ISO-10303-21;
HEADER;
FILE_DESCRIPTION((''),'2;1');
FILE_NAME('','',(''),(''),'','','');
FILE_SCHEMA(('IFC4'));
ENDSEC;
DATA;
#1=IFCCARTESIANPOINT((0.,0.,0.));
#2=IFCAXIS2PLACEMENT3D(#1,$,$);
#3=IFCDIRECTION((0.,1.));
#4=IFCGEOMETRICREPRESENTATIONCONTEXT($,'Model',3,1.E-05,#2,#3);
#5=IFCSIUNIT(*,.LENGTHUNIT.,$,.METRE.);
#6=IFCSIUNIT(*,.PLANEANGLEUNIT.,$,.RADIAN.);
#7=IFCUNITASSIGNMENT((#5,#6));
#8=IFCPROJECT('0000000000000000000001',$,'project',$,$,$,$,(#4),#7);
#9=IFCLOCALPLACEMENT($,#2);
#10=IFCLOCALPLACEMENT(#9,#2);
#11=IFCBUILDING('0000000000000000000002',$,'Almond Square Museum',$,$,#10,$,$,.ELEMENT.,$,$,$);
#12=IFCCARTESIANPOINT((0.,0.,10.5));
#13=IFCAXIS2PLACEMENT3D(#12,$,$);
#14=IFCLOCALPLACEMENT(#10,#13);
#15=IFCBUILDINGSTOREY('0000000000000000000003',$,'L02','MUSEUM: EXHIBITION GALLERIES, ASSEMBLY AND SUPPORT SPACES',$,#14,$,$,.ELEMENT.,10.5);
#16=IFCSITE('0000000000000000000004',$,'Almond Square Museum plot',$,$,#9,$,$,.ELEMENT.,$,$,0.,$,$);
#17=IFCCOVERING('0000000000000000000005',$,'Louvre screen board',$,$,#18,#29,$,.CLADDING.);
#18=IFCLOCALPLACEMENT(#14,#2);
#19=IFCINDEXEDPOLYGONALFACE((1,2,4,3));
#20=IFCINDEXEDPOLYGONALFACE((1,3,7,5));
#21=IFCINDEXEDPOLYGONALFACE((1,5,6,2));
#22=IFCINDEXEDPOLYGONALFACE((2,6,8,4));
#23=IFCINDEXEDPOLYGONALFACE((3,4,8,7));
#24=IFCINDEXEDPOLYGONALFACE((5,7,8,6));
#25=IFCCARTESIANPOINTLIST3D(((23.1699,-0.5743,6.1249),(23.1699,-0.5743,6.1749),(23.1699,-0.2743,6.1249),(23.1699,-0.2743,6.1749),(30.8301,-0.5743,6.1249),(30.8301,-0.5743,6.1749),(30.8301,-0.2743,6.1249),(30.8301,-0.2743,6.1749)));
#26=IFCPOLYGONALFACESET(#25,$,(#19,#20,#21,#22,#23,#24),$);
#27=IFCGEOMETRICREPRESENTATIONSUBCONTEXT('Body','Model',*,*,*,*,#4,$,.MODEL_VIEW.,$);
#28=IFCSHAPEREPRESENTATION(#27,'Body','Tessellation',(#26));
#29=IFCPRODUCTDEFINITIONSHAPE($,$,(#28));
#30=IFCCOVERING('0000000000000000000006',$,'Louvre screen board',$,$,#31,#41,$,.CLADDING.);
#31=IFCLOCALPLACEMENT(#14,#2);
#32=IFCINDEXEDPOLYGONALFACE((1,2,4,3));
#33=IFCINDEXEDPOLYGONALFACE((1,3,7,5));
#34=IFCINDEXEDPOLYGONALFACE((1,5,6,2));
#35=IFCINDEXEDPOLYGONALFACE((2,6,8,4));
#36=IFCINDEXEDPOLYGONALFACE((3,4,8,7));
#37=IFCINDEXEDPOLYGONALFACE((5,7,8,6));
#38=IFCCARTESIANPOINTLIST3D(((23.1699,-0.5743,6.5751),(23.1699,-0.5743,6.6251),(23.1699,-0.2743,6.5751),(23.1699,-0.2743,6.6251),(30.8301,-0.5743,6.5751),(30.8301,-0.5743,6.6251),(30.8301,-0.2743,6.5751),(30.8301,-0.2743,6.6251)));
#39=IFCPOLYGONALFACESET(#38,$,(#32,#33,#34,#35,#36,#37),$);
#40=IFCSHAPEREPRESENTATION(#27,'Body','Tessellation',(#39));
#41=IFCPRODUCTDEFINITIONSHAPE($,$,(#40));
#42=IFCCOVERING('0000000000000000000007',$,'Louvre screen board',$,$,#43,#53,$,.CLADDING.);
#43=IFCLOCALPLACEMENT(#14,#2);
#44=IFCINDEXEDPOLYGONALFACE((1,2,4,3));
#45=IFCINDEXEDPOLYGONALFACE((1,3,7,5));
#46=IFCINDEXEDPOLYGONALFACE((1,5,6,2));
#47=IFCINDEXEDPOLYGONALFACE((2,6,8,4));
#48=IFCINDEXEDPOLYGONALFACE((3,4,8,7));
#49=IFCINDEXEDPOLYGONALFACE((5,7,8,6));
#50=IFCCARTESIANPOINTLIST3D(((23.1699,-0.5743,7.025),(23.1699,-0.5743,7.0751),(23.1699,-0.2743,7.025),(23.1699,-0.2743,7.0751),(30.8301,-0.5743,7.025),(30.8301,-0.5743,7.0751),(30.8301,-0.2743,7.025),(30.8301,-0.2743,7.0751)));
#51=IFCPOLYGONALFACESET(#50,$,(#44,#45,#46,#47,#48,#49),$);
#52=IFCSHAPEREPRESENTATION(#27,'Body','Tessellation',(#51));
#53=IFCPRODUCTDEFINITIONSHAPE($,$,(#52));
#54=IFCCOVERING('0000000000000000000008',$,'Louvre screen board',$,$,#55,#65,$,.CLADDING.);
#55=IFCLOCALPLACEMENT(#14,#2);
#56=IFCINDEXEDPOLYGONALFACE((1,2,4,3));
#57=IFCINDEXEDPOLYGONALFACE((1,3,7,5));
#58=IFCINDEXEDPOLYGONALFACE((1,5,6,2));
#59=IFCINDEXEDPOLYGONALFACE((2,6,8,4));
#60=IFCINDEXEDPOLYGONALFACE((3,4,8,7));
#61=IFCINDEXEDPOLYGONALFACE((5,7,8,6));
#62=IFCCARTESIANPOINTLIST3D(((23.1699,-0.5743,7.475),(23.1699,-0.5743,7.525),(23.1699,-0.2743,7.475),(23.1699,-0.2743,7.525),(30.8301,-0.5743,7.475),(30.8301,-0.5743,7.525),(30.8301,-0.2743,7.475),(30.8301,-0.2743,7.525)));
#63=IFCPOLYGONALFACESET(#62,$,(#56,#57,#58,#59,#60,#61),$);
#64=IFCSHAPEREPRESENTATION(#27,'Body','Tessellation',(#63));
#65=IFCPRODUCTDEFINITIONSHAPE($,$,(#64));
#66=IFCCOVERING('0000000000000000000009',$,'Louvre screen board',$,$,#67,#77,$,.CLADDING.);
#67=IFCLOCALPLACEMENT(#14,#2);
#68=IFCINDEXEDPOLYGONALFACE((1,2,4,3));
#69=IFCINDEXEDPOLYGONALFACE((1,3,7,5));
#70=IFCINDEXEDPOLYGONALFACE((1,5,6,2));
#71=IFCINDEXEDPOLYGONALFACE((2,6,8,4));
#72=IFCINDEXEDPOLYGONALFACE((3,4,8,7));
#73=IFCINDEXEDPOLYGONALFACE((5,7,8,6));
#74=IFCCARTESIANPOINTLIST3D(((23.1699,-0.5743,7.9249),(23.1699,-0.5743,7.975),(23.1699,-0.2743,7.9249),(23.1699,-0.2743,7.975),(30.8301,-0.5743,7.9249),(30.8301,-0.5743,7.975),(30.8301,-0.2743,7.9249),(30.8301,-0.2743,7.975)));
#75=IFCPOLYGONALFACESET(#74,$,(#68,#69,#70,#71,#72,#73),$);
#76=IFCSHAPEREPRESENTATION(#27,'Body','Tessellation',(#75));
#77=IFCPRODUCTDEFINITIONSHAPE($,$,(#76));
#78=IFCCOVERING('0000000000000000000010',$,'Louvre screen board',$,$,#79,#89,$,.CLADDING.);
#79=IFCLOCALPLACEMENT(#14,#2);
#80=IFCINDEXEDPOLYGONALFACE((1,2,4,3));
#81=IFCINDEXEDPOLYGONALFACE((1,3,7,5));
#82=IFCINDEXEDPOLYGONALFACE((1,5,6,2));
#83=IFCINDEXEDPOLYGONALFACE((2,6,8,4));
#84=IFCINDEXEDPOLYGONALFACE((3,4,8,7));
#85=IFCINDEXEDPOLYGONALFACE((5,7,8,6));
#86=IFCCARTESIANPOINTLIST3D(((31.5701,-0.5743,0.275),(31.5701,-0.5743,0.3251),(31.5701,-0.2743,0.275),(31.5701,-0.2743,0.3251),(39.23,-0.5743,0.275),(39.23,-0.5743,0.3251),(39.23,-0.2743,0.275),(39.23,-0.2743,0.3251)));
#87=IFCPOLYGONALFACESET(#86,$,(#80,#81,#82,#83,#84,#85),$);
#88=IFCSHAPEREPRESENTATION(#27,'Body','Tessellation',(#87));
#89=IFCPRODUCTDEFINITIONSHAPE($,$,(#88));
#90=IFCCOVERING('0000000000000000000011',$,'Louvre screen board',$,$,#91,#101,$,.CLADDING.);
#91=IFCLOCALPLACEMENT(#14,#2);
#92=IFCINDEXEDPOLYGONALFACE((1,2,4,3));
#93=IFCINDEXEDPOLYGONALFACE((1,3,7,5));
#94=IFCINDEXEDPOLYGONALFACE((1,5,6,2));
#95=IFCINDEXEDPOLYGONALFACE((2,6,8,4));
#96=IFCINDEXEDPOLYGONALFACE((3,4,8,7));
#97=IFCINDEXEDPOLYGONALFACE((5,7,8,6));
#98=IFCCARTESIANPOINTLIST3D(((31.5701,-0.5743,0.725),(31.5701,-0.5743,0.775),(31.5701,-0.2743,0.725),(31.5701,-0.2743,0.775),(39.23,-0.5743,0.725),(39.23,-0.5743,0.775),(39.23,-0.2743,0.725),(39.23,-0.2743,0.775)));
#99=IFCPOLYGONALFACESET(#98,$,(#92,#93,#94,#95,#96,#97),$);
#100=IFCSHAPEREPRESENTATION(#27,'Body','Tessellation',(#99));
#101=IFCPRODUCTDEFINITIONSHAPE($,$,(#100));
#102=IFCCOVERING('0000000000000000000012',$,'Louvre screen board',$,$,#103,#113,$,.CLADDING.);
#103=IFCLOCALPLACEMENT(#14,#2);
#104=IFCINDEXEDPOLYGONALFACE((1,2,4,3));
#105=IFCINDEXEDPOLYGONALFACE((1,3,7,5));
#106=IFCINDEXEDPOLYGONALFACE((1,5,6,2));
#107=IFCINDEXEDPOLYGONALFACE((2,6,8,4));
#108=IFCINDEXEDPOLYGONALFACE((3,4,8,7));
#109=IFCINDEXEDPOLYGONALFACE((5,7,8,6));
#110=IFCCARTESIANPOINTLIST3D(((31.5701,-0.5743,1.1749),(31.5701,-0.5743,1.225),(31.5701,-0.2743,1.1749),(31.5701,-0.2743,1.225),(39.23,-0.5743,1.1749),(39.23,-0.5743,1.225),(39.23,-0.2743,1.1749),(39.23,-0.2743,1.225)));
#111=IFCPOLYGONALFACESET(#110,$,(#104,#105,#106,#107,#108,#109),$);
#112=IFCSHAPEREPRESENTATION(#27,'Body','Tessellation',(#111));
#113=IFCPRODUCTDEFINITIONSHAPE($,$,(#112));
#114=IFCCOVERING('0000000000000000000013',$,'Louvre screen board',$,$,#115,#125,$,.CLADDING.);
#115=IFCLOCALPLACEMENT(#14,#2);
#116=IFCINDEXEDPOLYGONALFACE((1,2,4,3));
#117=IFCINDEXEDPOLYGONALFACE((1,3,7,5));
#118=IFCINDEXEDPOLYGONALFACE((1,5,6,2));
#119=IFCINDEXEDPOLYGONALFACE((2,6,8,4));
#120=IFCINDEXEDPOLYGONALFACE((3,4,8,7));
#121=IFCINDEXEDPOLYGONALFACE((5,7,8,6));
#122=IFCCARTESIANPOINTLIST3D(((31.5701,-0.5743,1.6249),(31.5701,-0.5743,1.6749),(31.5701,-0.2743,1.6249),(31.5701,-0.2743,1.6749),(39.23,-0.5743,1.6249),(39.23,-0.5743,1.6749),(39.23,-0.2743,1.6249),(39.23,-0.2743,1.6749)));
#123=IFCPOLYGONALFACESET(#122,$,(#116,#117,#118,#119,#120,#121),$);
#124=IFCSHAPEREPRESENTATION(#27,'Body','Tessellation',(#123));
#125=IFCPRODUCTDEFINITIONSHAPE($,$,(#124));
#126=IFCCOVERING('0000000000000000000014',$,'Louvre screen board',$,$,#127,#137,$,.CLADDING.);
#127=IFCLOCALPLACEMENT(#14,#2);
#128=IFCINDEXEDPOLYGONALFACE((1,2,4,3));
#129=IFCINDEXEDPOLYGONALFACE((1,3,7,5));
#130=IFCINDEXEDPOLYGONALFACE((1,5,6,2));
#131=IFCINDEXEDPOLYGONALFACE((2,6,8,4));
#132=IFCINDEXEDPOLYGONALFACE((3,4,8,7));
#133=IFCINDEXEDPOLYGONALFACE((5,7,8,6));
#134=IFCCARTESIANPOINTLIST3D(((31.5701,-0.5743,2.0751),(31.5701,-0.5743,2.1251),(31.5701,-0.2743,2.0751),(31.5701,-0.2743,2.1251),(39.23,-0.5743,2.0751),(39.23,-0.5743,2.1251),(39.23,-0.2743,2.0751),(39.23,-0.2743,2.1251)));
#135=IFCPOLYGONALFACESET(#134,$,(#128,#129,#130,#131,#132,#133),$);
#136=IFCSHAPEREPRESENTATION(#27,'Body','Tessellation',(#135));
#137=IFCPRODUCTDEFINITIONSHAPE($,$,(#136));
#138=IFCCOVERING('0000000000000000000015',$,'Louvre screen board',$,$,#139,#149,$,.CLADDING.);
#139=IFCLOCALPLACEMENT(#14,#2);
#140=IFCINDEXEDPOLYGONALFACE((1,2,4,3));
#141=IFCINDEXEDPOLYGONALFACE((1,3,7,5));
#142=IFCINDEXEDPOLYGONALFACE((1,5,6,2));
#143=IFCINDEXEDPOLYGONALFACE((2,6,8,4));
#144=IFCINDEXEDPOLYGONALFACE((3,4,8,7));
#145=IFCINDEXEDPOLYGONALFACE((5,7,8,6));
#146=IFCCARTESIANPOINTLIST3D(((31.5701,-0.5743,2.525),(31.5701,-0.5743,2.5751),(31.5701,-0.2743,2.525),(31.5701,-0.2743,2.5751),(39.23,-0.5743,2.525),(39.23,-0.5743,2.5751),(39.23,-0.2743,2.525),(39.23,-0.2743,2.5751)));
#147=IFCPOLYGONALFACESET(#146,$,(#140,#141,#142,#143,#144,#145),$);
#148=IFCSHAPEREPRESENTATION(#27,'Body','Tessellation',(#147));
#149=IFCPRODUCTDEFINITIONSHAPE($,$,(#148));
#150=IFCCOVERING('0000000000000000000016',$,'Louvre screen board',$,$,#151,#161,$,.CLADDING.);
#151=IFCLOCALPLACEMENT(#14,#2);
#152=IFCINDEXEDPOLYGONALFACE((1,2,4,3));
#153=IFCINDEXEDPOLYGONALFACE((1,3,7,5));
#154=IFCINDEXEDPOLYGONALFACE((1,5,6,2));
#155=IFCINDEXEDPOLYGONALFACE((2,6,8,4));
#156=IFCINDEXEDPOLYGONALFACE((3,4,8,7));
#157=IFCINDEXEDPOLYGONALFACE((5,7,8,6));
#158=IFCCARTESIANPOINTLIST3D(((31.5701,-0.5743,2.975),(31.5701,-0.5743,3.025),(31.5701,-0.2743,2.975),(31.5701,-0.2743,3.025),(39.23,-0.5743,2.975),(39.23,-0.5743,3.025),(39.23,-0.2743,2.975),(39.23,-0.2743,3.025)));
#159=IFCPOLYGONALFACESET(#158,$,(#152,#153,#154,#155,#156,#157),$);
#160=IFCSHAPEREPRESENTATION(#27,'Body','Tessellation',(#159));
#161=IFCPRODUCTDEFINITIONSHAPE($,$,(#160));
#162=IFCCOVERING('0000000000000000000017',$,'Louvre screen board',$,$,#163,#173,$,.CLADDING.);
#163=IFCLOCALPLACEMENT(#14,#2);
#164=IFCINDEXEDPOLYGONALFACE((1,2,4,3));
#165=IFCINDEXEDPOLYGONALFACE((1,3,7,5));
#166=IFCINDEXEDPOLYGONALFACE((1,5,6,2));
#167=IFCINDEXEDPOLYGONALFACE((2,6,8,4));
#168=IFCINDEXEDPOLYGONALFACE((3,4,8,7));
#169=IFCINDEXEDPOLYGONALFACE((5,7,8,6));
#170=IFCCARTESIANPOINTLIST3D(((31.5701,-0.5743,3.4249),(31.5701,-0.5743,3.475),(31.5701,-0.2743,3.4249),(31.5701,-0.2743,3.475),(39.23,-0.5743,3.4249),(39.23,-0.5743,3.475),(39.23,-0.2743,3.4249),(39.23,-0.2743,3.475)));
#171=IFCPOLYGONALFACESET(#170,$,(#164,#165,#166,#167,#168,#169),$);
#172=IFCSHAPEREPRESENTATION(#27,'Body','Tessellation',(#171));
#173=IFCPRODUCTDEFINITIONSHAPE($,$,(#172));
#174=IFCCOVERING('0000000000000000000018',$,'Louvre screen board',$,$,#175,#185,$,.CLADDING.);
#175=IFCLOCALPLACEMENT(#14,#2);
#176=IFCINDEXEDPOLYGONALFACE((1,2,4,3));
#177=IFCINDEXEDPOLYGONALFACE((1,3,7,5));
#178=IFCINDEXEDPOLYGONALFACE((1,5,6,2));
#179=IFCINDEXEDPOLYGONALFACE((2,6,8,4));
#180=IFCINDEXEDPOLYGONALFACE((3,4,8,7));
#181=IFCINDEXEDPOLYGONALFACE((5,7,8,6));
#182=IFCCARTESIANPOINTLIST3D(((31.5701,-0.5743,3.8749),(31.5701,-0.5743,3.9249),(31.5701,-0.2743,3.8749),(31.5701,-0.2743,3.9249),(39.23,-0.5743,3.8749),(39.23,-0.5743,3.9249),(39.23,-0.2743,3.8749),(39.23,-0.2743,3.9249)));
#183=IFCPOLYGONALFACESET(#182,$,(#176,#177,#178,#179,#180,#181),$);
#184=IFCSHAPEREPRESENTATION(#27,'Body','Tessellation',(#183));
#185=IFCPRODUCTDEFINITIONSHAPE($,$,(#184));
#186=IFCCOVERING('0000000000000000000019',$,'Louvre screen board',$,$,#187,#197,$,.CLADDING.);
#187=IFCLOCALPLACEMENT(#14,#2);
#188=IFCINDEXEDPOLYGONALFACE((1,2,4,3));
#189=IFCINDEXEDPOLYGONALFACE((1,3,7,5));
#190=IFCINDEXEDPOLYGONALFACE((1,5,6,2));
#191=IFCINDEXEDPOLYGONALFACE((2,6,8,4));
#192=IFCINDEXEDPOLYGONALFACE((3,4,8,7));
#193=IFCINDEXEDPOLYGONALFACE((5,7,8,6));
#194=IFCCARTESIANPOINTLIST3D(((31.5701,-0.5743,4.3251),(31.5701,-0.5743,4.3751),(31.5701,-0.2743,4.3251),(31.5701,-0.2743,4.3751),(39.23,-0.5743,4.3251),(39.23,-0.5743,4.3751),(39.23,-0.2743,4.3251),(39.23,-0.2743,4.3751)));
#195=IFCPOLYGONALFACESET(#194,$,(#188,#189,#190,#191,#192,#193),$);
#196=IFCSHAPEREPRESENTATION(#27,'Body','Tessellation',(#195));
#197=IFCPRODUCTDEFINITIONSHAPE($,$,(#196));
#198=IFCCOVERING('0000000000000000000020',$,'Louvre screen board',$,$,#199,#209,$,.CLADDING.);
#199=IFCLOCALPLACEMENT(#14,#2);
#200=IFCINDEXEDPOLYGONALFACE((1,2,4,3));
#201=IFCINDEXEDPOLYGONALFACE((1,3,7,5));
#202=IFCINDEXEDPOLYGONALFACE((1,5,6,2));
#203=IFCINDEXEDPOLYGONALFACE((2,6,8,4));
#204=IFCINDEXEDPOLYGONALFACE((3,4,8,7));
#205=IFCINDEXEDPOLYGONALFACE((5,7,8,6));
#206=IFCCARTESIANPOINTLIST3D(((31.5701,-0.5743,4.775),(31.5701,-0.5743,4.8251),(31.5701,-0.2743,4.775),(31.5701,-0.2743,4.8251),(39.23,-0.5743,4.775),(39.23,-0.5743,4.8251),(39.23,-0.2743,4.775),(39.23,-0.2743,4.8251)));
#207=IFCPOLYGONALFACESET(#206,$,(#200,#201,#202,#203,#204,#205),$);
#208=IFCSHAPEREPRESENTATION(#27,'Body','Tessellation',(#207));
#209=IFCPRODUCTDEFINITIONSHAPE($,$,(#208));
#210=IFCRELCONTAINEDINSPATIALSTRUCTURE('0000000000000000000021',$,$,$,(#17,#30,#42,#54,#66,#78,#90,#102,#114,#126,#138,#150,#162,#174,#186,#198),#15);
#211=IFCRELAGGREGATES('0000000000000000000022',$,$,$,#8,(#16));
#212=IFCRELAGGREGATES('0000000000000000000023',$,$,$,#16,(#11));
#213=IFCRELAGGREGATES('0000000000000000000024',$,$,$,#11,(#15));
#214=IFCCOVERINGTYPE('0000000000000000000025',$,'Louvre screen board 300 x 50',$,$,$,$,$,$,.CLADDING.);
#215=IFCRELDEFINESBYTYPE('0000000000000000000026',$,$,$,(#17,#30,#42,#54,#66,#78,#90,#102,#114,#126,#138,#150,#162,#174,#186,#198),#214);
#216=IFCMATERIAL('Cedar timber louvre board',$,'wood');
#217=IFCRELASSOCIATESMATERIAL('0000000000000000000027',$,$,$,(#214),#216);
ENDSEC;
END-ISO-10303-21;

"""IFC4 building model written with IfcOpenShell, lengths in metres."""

from ifc_helpers import new_model, si_unit, direction, frame, origin, origin_2d, place, context, subcontext, project, spatial, rectangle, extrude, material, material_profile, profile_set, type_object, element, save


model = new_model("IFC4")

# Units and contexts
model_context = context("Model", 3, precision=1e-05, world=origin(), true_north=direction((0.0, 1.0)))
body_context = subcontext(model_context, "Body", "Model", "MODEL_VIEW")
ifc_project = project(units=[si_unit("LENGTHUNIT", "METRE"), si_unit("PLANEANGLEUNIT", "RADIAN")], contexts=[model_context])

# Site, building, storey
site_placement = place(None, origin())
site = spatial("IfcSite", under=ifc_project, at=site_placement, Name="Almond Square Museum plot", CompositionType="ELEMENT", RefElevation=0.0)
building_placement = place(site_placement, origin())
building = spatial("IfcBuilding", under=site, at=building_placement, Name="Almond Square Museum", CompositionType="ELEMENT")
storey_placement = place(building_placement, frame((0.0, 0.0, 10.5)))
storey = spatial("IfcBuildingStorey", under=building, at=storey_placement, Name="L02", Description="MUSEUM: EXHIBITION GALLERIES, ASSEMBLY AND SUPPORT SPACES", CompositionType="ELEMENT", Elevation=10.5)

# Coverings
ifc_material_1 = material(Name="Cedar timber louvre board", Category="wood")
ifc_material_profile_1 = material_profile(ifc_material_1, rectangle(XDim=0.3, YDim=0.05, at=origin_2d()))
ifc_profile_set_1 = profile_set([ifc_material_profile_1], Name="Cedar timber louvre board")
covering_type = type_object("IfcCoveringType", Name="Louvre screen board 300 x 50", PredefinedType="CLADDING", material=ifc_profile_set_1)
for number, where, z_axis, x_axis, name in (
    (1, (23.1699, -0.4243, 6.1499), (1.0, 0.0, 0.0), (0.0, 1.0, 0.0), "Louvre screen board"),
    (2, (23.1699, -0.4243, 6.6001), (1.0, 0.0, 0.0), (0.0, 1.0, 0.0), "Louvre screen board"),
    (3, (23.1699, -0.4243, 7.05), (1.0, 0.0, 0.0), (0.0, 1.0, 0.0), "Louvre screen board"),
    (4, (23.1699, -0.4243, 7.5), (1.0, 0.0, 0.0), (0.0, 1.0, 0.0), "Louvre screen board"),
    (5, (23.1699, -0.4243, 7.95), (1.0, 0.0, 0.0), (0.0, 1.0, 0.0), "Louvre screen board"),
):
    element("IfcCovering", number, at=place(storey_placement, frame(where, z_axis=z_axis, x_axis=x_axis)), inside=storey, type_object=covering_type, Name=name, PredefinedType="CLADDING", context=body_context, shape_type="SweptSolid", body=[
        extrude(rectangle(XDim=0.3, YDim=0.05, at=origin_2d()), origin(), (0.0, 0.0, 1.0), 7.6602),
    ])
for number, where, z_axis, x_axis, name in (
    (6, (31.5701, -0.4243, 0.3), (1.0, 0.0, 0.0), (0.0, 1.0, 0.0), "Louvre screen board"),
    (7, (31.5701, -0.4243, 0.75), (1.0, 0.0, 0.0), (0.0, 1.0, 0.0), "Louvre screen board"),
    (8, (31.5701, -0.4243, 1.2), (1.0, 0.0, 0.0), (0.0, 1.0, 0.0), "Louvre screen board"),
    (9, (31.5701, -0.4243, 1.6499), (1.0, 0.0, 0.0), (0.0, 1.0, 0.0), "Louvre screen board"),
    (10, (31.5701, -0.4243, 2.1001), (1.0, 0.0, 0.0), (0.0, 1.0, 0.0), "Louvre screen board"),
    (11, (31.5701, -0.4243, 2.55), (1.0, 0.0, 0.0), (0.0, 1.0, 0.0), "Louvre screen board"),
    (12, (31.5701, -0.4243, 3.0), (1.0, 0.0, 0.0), (0.0, 1.0, 0.0), "Louvre screen board"),
    (13, (31.5701, -0.4243, 3.45), (1.0, 0.0, 0.0), (0.0, 1.0, 0.0), "Louvre screen board"),
    (14, (31.5701, -0.4243, 3.8999), (1.0, 0.0, 0.0), (0.0, 1.0, 0.0), "Louvre screen board"),
    (15, (31.5701, -0.4243, 4.3501), (1.0, 0.0, 0.0), (0.0, 1.0, 0.0), "Louvre screen board"),
    (16, (31.5701, -0.4243, 4.8), (1.0, 0.0, 0.0), (0.0, 1.0, 0.0), "Louvre screen board"),
):
    element("IfcCovering", number, at=place(storey_placement, frame(where, z_axis=z_axis, x_axis=x_axis)), inside=storey, type_object=covering_type, Name=name, PredefinedType="CLADDING", context=body_context, shape_type="SweptSolid", body=[
        extrude(rectangle(XDim=0.3, YDim=0.05, at=origin_2d()), origin(), (0.0, 0.0, 1.0), 7.6599),
    ])

save(model, "model.ifc")
